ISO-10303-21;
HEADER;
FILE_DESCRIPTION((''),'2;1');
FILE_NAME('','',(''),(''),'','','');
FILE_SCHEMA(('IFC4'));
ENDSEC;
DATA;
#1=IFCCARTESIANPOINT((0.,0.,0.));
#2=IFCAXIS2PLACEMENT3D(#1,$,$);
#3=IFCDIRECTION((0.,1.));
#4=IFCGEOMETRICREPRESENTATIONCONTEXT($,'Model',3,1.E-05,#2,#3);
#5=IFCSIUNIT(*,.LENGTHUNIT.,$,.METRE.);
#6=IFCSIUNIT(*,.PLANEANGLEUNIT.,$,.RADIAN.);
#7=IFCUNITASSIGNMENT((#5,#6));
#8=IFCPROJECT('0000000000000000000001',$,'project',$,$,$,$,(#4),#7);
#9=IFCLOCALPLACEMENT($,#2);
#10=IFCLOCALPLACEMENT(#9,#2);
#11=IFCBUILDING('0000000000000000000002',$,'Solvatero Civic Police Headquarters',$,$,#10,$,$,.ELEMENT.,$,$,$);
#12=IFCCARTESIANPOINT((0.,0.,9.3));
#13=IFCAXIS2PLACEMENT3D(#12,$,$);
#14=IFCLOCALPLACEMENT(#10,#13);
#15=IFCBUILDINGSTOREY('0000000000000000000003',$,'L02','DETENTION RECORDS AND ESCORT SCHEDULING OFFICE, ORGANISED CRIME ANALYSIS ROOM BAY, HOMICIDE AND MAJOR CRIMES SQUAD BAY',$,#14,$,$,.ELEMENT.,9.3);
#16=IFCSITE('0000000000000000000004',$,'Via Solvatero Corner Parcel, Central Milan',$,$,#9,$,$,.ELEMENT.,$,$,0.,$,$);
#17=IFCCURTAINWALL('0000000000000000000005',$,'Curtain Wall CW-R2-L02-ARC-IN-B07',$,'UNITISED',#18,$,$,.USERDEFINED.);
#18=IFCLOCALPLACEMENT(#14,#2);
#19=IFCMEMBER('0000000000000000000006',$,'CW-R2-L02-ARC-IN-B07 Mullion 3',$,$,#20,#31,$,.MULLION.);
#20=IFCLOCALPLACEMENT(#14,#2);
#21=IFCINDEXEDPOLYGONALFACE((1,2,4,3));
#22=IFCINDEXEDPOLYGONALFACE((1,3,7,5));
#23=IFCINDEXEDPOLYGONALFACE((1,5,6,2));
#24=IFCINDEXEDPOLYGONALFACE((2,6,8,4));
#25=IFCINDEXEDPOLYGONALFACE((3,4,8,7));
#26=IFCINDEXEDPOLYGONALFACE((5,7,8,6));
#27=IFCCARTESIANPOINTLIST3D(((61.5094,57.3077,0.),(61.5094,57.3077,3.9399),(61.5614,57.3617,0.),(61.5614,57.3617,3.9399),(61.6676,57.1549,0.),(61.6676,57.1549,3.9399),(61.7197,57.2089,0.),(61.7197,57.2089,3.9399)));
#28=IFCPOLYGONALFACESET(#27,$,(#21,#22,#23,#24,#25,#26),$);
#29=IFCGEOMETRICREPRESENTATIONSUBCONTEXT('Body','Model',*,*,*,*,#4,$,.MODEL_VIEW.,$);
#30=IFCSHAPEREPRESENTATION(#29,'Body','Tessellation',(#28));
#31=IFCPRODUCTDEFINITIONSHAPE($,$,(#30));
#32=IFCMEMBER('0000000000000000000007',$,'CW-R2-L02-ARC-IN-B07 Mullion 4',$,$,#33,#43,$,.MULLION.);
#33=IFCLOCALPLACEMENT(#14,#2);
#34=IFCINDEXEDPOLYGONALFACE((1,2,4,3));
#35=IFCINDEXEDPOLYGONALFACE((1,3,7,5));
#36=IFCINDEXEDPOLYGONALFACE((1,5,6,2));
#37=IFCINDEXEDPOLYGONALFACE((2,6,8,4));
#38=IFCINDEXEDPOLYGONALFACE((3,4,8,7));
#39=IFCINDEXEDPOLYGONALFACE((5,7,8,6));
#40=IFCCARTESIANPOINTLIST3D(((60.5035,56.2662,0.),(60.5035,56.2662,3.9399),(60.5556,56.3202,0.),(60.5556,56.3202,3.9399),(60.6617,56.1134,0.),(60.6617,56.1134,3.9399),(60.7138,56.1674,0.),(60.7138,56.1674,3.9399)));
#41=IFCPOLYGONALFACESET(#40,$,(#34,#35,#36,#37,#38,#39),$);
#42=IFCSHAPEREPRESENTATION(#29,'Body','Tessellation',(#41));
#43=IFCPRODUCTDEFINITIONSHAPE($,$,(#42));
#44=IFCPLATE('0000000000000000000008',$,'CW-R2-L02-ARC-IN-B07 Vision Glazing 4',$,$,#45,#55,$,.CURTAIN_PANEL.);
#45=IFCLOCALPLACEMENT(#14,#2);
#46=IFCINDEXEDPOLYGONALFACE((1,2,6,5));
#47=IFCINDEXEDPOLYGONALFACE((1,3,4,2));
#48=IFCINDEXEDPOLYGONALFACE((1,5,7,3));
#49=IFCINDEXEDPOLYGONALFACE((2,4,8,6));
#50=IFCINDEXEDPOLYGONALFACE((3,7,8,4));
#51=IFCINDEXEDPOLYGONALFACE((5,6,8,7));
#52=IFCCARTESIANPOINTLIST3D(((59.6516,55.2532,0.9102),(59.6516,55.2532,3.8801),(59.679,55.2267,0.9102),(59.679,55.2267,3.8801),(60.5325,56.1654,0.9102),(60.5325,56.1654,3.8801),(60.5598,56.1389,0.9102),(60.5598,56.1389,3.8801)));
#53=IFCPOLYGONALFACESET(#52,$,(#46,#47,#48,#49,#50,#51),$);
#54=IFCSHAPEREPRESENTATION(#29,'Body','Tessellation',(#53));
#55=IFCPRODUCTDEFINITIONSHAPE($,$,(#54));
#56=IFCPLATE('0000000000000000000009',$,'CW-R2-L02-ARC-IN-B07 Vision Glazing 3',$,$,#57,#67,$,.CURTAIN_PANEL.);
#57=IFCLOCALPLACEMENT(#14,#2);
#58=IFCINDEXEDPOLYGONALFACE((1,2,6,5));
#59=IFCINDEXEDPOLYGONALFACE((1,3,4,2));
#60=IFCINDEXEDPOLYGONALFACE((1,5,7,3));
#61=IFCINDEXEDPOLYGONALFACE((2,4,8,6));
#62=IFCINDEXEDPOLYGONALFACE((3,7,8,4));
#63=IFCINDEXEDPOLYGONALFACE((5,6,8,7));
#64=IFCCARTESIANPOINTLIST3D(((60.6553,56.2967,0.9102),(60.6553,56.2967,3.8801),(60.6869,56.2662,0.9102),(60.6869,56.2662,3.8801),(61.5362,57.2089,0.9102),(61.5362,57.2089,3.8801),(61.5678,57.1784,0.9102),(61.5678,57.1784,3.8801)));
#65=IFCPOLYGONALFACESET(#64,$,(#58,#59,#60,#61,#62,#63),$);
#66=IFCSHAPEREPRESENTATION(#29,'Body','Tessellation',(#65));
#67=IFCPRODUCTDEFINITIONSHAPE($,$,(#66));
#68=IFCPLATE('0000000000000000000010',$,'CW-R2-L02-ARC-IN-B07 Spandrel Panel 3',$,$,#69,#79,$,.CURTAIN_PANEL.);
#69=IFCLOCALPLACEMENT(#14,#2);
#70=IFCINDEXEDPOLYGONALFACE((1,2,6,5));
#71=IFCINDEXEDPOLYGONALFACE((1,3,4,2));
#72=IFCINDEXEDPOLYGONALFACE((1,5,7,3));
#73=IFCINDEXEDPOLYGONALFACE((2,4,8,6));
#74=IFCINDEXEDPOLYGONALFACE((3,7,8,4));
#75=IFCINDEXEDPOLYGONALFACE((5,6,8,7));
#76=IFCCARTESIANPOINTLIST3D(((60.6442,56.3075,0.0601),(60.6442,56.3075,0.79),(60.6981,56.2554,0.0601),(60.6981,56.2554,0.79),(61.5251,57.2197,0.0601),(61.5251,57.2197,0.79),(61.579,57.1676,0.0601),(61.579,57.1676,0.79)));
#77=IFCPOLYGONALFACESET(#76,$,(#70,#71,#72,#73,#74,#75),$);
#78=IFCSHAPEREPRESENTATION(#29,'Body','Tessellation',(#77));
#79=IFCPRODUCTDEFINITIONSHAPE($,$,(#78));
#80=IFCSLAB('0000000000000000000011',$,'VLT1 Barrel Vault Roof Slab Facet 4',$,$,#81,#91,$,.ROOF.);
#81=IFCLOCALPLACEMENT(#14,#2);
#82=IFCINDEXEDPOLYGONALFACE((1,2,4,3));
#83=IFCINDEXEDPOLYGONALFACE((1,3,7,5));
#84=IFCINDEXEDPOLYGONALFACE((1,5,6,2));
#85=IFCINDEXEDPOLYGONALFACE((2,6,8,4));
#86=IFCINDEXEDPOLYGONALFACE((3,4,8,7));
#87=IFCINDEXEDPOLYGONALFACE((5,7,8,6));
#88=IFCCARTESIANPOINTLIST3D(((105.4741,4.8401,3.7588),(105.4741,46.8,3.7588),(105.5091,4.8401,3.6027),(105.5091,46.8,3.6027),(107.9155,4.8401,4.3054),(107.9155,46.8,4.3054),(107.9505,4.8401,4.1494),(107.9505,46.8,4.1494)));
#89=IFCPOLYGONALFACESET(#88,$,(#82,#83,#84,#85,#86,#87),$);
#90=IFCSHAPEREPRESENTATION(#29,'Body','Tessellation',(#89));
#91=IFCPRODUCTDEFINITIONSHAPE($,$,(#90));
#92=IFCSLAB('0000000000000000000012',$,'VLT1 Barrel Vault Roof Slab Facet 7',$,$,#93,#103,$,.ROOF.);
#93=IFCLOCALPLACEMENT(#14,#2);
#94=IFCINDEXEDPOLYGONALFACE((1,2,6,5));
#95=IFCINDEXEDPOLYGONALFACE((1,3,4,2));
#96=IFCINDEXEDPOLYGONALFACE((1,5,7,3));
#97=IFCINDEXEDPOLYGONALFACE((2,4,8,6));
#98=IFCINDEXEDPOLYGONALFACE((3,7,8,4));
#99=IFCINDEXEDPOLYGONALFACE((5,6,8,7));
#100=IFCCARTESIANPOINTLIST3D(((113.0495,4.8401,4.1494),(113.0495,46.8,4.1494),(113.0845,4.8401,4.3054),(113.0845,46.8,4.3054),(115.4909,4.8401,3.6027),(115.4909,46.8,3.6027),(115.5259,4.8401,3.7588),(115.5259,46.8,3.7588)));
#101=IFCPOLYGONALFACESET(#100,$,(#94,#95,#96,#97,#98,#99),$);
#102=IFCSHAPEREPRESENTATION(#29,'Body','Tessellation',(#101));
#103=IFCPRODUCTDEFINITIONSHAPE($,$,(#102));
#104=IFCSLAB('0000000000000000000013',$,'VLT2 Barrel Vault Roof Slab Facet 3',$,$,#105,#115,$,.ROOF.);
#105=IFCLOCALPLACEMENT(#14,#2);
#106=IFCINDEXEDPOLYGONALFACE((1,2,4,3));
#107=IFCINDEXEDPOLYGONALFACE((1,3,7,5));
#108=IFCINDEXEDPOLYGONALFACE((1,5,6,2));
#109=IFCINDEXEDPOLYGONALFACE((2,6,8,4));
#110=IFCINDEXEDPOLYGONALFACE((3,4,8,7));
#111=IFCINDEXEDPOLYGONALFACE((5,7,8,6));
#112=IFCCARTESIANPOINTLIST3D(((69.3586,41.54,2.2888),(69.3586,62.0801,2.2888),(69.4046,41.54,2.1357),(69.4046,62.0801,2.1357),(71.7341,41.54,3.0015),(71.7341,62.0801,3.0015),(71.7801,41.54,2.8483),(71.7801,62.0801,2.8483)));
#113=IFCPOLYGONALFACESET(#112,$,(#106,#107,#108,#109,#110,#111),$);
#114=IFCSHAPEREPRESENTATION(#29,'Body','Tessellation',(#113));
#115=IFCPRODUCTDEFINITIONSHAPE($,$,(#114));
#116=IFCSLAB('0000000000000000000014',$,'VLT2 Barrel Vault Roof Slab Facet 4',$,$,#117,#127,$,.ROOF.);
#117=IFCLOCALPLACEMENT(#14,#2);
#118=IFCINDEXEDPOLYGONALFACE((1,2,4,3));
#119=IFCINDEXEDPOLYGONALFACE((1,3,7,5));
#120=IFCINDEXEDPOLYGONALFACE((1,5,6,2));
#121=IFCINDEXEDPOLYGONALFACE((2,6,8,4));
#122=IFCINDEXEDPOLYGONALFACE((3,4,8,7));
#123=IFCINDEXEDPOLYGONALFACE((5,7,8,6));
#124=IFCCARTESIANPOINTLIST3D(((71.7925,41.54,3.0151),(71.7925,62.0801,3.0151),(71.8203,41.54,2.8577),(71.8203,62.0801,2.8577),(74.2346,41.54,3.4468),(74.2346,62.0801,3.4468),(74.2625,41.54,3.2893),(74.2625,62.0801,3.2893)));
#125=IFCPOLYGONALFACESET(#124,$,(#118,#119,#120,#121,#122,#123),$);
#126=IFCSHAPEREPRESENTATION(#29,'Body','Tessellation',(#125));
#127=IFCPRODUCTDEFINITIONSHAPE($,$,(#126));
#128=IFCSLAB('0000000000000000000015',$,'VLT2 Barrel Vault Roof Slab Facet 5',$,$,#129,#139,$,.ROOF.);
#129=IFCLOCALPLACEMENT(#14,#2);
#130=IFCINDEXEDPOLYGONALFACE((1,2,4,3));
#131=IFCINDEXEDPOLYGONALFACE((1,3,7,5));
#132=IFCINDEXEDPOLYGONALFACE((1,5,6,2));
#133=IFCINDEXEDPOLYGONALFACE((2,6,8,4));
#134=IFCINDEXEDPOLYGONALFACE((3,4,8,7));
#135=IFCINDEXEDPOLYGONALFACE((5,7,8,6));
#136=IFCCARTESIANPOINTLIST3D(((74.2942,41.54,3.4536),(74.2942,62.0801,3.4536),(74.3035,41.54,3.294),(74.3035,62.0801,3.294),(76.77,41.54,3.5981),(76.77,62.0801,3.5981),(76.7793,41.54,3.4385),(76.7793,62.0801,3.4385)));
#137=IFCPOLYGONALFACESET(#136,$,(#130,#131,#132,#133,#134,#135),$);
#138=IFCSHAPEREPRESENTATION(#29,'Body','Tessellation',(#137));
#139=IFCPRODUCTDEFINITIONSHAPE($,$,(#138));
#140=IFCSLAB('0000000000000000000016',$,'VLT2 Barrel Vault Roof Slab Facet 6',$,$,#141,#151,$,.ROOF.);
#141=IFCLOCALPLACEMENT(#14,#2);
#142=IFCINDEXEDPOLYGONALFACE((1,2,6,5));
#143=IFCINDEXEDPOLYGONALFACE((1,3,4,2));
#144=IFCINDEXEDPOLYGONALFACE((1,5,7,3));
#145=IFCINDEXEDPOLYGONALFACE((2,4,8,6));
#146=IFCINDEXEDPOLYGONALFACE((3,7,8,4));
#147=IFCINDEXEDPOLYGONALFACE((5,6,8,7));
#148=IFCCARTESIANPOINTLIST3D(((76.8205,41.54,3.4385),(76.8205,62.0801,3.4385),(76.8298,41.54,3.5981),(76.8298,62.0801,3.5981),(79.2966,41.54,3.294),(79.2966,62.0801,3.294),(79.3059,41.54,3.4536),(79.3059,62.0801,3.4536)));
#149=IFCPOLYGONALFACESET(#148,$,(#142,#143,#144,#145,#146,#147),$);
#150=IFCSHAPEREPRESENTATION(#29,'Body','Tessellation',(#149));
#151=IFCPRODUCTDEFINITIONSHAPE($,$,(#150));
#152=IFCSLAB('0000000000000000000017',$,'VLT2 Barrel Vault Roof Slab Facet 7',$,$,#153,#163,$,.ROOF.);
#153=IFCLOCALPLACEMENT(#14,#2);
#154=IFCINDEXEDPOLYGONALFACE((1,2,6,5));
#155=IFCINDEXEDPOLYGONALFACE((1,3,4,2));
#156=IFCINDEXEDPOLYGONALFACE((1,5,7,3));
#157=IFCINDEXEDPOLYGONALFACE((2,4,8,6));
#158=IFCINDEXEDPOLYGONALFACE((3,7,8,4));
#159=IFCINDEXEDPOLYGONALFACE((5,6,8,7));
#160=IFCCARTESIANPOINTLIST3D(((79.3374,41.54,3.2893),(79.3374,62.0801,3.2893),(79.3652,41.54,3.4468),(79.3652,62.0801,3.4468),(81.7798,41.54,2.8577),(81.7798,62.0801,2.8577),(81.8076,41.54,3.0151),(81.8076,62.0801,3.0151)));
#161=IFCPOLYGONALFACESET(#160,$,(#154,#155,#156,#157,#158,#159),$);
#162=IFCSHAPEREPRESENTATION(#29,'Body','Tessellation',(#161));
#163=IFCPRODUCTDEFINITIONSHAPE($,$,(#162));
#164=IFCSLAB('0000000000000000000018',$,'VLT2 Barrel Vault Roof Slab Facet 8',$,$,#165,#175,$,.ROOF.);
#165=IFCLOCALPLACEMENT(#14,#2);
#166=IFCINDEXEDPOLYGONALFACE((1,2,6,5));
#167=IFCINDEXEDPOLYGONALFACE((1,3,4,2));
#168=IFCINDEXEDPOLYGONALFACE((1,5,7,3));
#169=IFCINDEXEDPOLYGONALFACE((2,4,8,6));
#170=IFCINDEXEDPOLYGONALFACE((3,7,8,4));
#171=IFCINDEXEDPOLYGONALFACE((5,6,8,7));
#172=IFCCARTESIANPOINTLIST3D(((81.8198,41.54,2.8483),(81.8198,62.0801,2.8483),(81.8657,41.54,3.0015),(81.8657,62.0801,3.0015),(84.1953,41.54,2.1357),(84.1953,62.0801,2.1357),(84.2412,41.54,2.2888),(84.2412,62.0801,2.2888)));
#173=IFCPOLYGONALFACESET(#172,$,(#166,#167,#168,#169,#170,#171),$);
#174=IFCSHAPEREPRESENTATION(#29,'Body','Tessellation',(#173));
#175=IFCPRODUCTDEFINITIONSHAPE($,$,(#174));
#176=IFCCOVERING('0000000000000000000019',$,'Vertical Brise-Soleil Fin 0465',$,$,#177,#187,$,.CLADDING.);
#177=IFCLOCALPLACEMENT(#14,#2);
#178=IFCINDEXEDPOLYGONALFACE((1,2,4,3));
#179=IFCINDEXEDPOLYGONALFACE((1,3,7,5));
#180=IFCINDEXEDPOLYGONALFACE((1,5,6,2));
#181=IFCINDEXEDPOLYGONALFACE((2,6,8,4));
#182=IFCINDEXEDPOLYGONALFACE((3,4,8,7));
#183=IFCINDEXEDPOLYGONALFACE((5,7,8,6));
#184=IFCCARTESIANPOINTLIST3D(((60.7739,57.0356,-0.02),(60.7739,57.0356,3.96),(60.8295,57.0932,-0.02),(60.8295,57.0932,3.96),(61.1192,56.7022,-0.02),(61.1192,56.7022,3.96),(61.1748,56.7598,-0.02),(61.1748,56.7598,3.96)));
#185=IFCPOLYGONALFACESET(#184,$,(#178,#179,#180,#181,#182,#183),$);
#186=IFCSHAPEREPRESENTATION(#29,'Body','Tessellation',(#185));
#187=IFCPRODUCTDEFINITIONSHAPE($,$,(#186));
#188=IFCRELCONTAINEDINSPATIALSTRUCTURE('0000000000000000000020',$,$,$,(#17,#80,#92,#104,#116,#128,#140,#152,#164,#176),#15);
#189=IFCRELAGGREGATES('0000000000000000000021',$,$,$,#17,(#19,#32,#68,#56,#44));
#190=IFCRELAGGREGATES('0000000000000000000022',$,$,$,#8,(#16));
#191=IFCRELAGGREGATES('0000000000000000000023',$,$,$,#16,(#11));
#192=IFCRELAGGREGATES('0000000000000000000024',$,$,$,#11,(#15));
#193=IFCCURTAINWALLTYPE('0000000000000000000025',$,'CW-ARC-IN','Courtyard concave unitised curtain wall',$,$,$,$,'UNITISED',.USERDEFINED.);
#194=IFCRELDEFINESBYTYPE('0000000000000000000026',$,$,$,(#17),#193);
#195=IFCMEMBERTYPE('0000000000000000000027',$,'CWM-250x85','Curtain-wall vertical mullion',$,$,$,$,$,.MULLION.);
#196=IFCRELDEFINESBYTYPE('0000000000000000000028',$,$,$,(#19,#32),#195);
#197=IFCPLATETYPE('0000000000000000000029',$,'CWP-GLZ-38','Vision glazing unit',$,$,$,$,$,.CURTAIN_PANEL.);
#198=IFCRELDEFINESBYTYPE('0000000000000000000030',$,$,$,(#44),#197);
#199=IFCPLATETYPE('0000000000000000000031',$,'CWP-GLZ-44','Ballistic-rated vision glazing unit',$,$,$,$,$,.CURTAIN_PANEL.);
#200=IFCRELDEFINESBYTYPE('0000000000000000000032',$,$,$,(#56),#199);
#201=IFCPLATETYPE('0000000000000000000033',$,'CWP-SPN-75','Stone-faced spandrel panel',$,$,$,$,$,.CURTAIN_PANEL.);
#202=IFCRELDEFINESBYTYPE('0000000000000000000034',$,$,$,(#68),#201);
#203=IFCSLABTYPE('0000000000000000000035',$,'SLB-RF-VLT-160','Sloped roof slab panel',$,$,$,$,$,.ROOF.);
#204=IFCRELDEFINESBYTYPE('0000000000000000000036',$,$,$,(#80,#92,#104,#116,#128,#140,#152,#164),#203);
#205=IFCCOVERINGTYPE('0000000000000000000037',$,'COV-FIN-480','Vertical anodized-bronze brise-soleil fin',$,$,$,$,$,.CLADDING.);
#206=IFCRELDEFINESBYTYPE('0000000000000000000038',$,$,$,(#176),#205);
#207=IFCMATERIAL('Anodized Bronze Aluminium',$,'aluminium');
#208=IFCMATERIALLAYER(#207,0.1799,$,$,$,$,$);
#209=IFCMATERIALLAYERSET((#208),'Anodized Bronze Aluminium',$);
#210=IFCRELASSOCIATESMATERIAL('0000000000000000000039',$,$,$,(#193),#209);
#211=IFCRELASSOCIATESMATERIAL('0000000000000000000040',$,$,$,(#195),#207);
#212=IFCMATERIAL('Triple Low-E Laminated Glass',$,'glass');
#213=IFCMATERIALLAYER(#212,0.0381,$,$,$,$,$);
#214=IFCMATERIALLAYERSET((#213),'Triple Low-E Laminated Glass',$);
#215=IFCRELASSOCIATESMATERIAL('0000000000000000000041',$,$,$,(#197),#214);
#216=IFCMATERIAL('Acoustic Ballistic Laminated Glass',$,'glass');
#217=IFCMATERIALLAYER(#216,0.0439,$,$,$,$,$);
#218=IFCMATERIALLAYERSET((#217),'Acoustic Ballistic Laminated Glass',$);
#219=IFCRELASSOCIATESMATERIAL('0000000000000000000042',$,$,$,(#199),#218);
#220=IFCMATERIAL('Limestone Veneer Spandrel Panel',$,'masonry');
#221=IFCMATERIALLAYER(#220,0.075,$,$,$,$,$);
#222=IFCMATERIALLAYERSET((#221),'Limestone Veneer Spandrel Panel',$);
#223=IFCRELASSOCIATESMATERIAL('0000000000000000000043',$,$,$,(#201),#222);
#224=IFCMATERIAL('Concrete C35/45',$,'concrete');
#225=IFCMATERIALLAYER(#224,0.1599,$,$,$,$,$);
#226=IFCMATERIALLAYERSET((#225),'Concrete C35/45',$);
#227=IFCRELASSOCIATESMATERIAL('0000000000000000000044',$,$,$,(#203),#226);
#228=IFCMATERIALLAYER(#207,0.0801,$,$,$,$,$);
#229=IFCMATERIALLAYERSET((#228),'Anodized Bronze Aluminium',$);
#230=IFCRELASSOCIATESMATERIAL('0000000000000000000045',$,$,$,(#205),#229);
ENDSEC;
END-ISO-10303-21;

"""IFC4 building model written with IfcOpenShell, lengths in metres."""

from ifc_helpers import new_model, si_unit, direction, frame, origin, origin_2d, place, context, subcontext, project, spatial, polyline, rectangle, outline, extrude, material, layer, layer_set, material_profile, profile_set, type_object, element, aggregate, save


model = new_model("IFC4")

# Units and contexts
model_context = context("Model", 3, precision=1e-05, world=origin(), true_north=direction((0.0, 1.0)))
body_context = subcontext(model_context, "Body", "Model", "MODEL_VIEW")
ifc_project = project(units=[si_unit("LENGTHUNIT", "METRE"), si_unit("PLANEANGLEUNIT", "RADIAN")], contexts=[model_context])

# Site, building, storey
site_placement = place(None, origin())
site = spatial("IfcSite", under=ifc_project, at=site_placement, Name="Via Solvatero Corner Parcel, Central Milan", CompositionType="ELEMENT", RefElevation=0.0)
building_placement = place(site_placement, origin())
building = spatial("IfcBuilding", under=site, at=building_placement, Name="Solvatero Civic Police Headquarters", CompositionType="ELEMENT")
storey_placement = place(building_placement, frame((0.0, 0.0, 9.3)))
storey = spatial("IfcBuildingStorey", under=building, at=storey_placement, Name="L02", Description="DETENTION RECORDS AND ESCORT SCHEDULING OFFICE, ORGANISED CRIME ANALYSIS ROOM BAY, HOMICIDE AND MAJOR CRIMES SQUAD BAY", CompositionType="ELEMENT", Elevation=9.3)

# Curtain wall, members, plates
ifc_material_1 = material(Name="Anodized Bronze Aluminium", Category="aluminium")
ifc_layer_1 = layer(ifc_material_1, 0.1799)
ifc_layer_set_1 = layer_set([ifc_layer_1], Name="Anodized Bronze Aluminium")
curtain_wall_type = type_object("IfcCurtainWallType", Name="CW-ARC-IN", Description="Courtyard concave unitised curtain wall", ElementType="UNITISED", PredefinedType="USERDEFINED", material=ifc_layer_set_1)
curtain_wall_placement = place(storey_placement, origin())
curtain_wall = element("IfcCurtainWall", 1, at=curtain_wall_placement, inside=storey, type_object=curtain_wall_type, Name="Curtain Wall CW-R2-L02-ARC-IN-B07", ObjectType="UNITISED", PredefinedType="USERDEFINED")
ifc_material_profile = material_profile(ifc_material_1, rectangle(XDim=0.075, YDim=0.22, at=origin_2d()), Name="ALU MULLION 75x220")
ifc_profile_set = profile_set([ifc_material_profile], Name="Anodized Bronze Aluminium")
member_type = type_object("IfcMemberType", Name="CWM-250x85", Description="Curtain-wall vertical mullion", PredefinedType="MULLION", material=ifc_profile_set)
member_1_placement = place(storey_placement, frame((61.6145, 57.2583, 0.0), z_axis=(0.0, 0.0, 1.0), x_axis=(-0.694658, -0.71934, 0.0)))
member_1 = element("IfcMember", 2, at=member_1_placement, type_object=member_type, Name="CW-R2-L02-ARC-IN-B07 Mullion 3", PredefinedType="MULLION", context=body_context, shape_type="SweptSolid", body=[
    extrude(rectangle(XDim=0.075, YDim=0.22, at=origin_2d()), origin(), (0.0, 0.0, 1.0), 3.9399),
])
member_2_placement = place(storey_placement, frame((60.6086, 56.2168, 0.0), z_axis=(0.0, 0.0, 1.0), x_axis=(-0.694658, -0.71934, 0.0)))
member_2 = element("IfcMember", 3, at=member_2_placement, type_object=member_type, Name="CW-R2-L02-ARC-IN-B07 Mullion 4", PredefinedType="MULLION", context=body_context, shape_type="SweptSolid", body=[
    extrude(rectangle(XDim=0.075, YDim=0.22, at=origin_2d()), origin(), (0.0, 0.0, 1.0), 3.9399),
])
ifc_material_2 = material(Name="Triple Low-E Laminated Glass", Category="glass")
ifc_layer_2 = layer(ifc_material_2, 0.0381)
ifc_layer_set_2 = layer_set([ifc_layer_2], Name="Triple Low-E Laminated Glass")
plate_type_1 = type_object("IfcPlateType", Name="CWP-GLZ-38", Description="Vision glazing unit", PredefinedType="CURTAIN_PANEL", material=ifc_layer_set_2)
plate_1_placement = place(storey_placement, frame((60.1057, 55.696, 0.9102), z_axis=(0.0, 0.0, 1.0), x_axis=(-0.694658, -0.71934, 0.0)))
plate_1 = element("IfcPlate", 4, at=plate_1_placement, type_object=plate_type_1, Name="CW-R2-L02-ARC-IN-B07 Vision Glazing 4", PredefinedType="CURTAIN_PANEL", context=body_context, shape_type="SweptSolid", body=[
    extrude(rectangle(XDim=1.2681, YDim=0.0381, at=origin_2d()), origin(), (0.0, 0.0, 1.0), 2.97),
])
ifc_material_3 = material(Name="Acoustic Ballistic Laminated Glass", Category="glass")
ifc_layer_3 = layer(ifc_material_3, 0.0439)
ifc_layer_set_3 = layer_set([ifc_layer_3], Name="Acoustic Ballistic Laminated Glass")
plate_type_2 = type_object("IfcPlateType", Name="CWP-GLZ-44", Description="Ballistic-rated vision glazing unit", PredefinedType="CURTAIN_PANEL", material=ifc_layer_set_3)
plate_2_placement = place(storey_placement, frame((61.1116, 56.7375, 0.9102), z_axis=(0.0, 0.0, 1.0), x_axis=(-0.694658, -0.71934, 0.0)))
plate_2 = element("IfcPlate", 5, at=plate_2_placement, type_object=plate_type_2, Name="CW-R2-L02-ARC-IN-B07 Vision Glazing 3", PredefinedType="CURTAIN_PANEL", context=body_context, shape_type="SweptSolid", body=[
    extrude(rectangle(XDim=1.2681, YDim=0.0439, at=origin_2d()), origin(), (0.0, 0.0, 1.0), 2.97),
])
ifc_material_4 = material(Name="Limestone Veneer Spandrel Panel", Category="masonry")
ifc_layer_4 = layer(ifc_material_4, 0.075)
ifc_layer_set_4 = layer_set([ifc_layer_4], Name="Limestone Veneer Spandrel Panel")
plate_type_3 = type_object("IfcPlateType", Name="CWP-SPN-75", Description="Stone-faced spandrel panel", PredefinedType="CURTAIN_PANEL", material=ifc_layer_set_4)
plate_3_placement = place(storey_placement, frame((61.1116, 56.7375, 0.0601), z_axis=(0.0, 0.0, 1.0), x_axis=(-0.694658, -0.71934, 0.0)))
plate_3 = element("IfcPlate", 6, at=plate_3_placement, type_object=plate_type_3, Name="CW-R2-L02-ARC-IN-B07 Spandrel Panel 3", PredefinedType="CURTAIN_PANEL", context=body_context, shape_type="SweptSolid", body=[
    extrude(rectangle(XDim=1.2681, YDim=0.075, at=origin_2d()), origin(), (0.0, 0.0, 1.0), 0.73),
])
aggregate(curtain_wall, [member_1, member_2, plate_3, plate_2, plate_1])

# Slabs
ifc_material_5 = material(Name="Concrete C35/45", Category="concrete")
ifc_layer_5 = layer(ifc_material_5, 0.1599)
ifc_layer_set_5 = layer_set([ifc_layer_5], Name="Concrete C35/45")
slab_type = type_object("IfcSlabType", Name="SLB-RF-VLT-160", Description="Sloped roof slab panel", PredefinedType="ROOF", material=ifc_layer_set_5)
for number, where, z_axis, x_axis, name in (
    (7, (105.4741, 4.8401, 3.7588), (-0.21849, 0.0, 0.975839), (0.975839, 0.0, 0.21849), "VLT1 Barrel Vault Roof Slab Facet 4"),
    (8, (113.0845, 4.8401, 4.3054), (0.21849, 0.0, 0.975839), (0.975839, 0.0, -0.21849), "VLT1 Barrel Vault Roof Slab Facet 7"),
):
    element("IfcSlab", number, at=place(storey_placement, frame(where, z_axis=z_axis, x_axis=x_axis)), inside=storey, type_object=slab_type, Name=name, PredefinedType="ROOF", context=body_context, shape_type="SweptSolid", body=[
        extrude(outline(polyline([(0.0, 0.0), (2.5019, 0.0), (2.5019, 41.96), (0.0, 41.96), (0.0, 0.0)])), origin(), (0.0, 0.0, -1.0), 0.1599),
    ])
slab_1_placement = place(storey_placement, frame((69.3586, 41.54, 2.2888), z_axis=(-0.287348, 0.0, 0.957826), x_axis=(0.957826, 0.0, 0.287348)))
element("IfcSlab", 9, at=slab_1_placement, inside=storey, type_object=slab_type, Name="VLT2 Barrel Vault Roof Slab Facet 3", PredefinedType="ROOF", context=body_context, shape_type="SweptSolid", body=[
    extrude(outline(polyline([(0.0, 0.0), (2.4801, 0.0), (2.4801, 20.54), (0.0, 20.54), (0.0, 0.0)])), origin(), (0.0, 0.0, -1.0), 0.1599),
])
slab_2_placement = place(storey_placement, frame((71.7925, 41.54, 3.0151), z_axis=(-0.174049, 0.0, 0.984737), x_axis=(0.984737, 0.0, 0.174049)))
element("IfcSlab", 10, at=slab_2_placement, inside=storey, type_object=slab_type, Name="VLT2 Barrel Vault Roof Slab Facet 4", PredefinedType="ROOF", context=body_context, shape_type="SweptSolid", body=[
    extrude(outline(polyline([(0.0, 0.0), (2.48, 0.0), (2.48, 20.54), (0.0, 20.54), (0.0, 0.0)])), origin(), (0.0, 0.0, -1.0), 0.1599),
])
slab_3_placement = place(storey_placement, frame((74.2942, 41.54, 3.4536), z_axis=(-0.058278, 0.0, 0.9983), x_axis=(0.9983, 0.0, 0.058278)))
element("IfcSlab", 11, at=slab_3_placement, inside=storey, type_object=slab_type, Name="VLT2 Barrel Vault Roof Slab Facet 5", PredefinedType="ROOF", context=body_context, shape_type="SweptSolid", body=[
    extrude(outline(polyline([(0.0, 0.0), (2.48, 0.0), (2.48, 20.54), (0.0, 20.54), (0.0, 0.0)])), origin(), (0.0, 0.0, -1.0), 0.1599),
])
slab_4_placement = place(storey_placement, frame((76.8298, 41.54, 3.5981), z_axis=(0.058272, 0.0, 0.998301), x_axis=(0.998301, 0.0, -0.058272)))
element("IfcSlab", 12, at=slab_4_placement, inside=storey, type_object=slab_type, Name="VLT2 Barrel Vault Roof Slab Facet 6", PredefinedType="ROOF", context=body_context, shape_type="SweptSolid", body=[
    extrude(outline(polyline([(0.0, 0.0), (2.4803, 0.0), (2.4803, 20.54), (0.0, 20.54), (0.0, 0.0)])), origin(), (0.0, 0.0, -1.0), 0.1599),
])
slab_5_placement = place(storey_placement, frame((79.3652, 41.54, 3.4468), z_axis=(0.174032, 0.0, 0.98474), x_axis=(0.98474, 0.0, -0.174032)))
element("IfcSlab", 13, at=slab_5_placement, inside=storey, type_object=slab_type, Name="VLT2 Barrel Vault Roof Slab Facet 7", PredefinedType="ROOF", context=body_context, shape_type="SweptSolid", body=[
    extrude(outline(polyline([(0.0, 0.0), (2.4802, 0.0), (2.4802, 20.54), (0.0, 20.54), (0.0, 0.0)])), origin(), (0.0, 0.0, -1.0), 0.1599),
])
slab_6_placement = place(storey_placement, frame((81.8657, 41.54, 3.0015), z_axis=(0.287348, 0.0, 0.957826), x_axis=(0.957826, 0.0, -0.287348)))
element("IfcSlab", 14, at=slab_6_placement, inside=storey, type_object=slab_type, Name="VLT2 Barrel Vault Roof Slab Facet 8", PredefinedType="ROOF", context=body_context, shape_type="SweptSolid", body=[
    extrude(outline(polyline([(0.0, 0.0), (2.4801, 0.0), (2.4801, 20.54), (0.0, 20.54), (0.0, 0.0)])), origin(), (0.0, 0.0, -1.0), 0.1599),
])

# Covering
ifc_layer_6 = layer(ifc_material_1, 0.0801)
ifc_layer_set_6 = layer_set([ifc_layer_6], Name="Anodized Bronze Aluminium")
covering_type_1 = type_object("IfcCoveringType", Name="COV-FIN-480", Description="Vertical anodized-bronze brise-soleil fin", PredefinedType="CLADDING", material=ifc_layer_set_6)
for number, where, z_axis, x_axis, name in (
    (15, (60.9744, 56.8977, -0.02), (0.0, 0.0, 1.0), (-0.694658, -0.71934, 0.0), "Vertical Brise-Soleil Fin 0465"),
):
    element("IfcCovering", number, at=place(storey_placement, frame(where, z_axis=z_axis, x_axis=x_axis)), inside=storey, type_object=covering_type_1, Name=name, PredefinedType="CLADDING", context=body_context, shape_type="SweptSolid", body=[
        extrude(rectangle(XDim=0.0801, YDim=0.48, at=origin_2d()), origin(), (0.0, 0.0, 1.0), 3.98),
    ])

save(model, "model.ifc")
